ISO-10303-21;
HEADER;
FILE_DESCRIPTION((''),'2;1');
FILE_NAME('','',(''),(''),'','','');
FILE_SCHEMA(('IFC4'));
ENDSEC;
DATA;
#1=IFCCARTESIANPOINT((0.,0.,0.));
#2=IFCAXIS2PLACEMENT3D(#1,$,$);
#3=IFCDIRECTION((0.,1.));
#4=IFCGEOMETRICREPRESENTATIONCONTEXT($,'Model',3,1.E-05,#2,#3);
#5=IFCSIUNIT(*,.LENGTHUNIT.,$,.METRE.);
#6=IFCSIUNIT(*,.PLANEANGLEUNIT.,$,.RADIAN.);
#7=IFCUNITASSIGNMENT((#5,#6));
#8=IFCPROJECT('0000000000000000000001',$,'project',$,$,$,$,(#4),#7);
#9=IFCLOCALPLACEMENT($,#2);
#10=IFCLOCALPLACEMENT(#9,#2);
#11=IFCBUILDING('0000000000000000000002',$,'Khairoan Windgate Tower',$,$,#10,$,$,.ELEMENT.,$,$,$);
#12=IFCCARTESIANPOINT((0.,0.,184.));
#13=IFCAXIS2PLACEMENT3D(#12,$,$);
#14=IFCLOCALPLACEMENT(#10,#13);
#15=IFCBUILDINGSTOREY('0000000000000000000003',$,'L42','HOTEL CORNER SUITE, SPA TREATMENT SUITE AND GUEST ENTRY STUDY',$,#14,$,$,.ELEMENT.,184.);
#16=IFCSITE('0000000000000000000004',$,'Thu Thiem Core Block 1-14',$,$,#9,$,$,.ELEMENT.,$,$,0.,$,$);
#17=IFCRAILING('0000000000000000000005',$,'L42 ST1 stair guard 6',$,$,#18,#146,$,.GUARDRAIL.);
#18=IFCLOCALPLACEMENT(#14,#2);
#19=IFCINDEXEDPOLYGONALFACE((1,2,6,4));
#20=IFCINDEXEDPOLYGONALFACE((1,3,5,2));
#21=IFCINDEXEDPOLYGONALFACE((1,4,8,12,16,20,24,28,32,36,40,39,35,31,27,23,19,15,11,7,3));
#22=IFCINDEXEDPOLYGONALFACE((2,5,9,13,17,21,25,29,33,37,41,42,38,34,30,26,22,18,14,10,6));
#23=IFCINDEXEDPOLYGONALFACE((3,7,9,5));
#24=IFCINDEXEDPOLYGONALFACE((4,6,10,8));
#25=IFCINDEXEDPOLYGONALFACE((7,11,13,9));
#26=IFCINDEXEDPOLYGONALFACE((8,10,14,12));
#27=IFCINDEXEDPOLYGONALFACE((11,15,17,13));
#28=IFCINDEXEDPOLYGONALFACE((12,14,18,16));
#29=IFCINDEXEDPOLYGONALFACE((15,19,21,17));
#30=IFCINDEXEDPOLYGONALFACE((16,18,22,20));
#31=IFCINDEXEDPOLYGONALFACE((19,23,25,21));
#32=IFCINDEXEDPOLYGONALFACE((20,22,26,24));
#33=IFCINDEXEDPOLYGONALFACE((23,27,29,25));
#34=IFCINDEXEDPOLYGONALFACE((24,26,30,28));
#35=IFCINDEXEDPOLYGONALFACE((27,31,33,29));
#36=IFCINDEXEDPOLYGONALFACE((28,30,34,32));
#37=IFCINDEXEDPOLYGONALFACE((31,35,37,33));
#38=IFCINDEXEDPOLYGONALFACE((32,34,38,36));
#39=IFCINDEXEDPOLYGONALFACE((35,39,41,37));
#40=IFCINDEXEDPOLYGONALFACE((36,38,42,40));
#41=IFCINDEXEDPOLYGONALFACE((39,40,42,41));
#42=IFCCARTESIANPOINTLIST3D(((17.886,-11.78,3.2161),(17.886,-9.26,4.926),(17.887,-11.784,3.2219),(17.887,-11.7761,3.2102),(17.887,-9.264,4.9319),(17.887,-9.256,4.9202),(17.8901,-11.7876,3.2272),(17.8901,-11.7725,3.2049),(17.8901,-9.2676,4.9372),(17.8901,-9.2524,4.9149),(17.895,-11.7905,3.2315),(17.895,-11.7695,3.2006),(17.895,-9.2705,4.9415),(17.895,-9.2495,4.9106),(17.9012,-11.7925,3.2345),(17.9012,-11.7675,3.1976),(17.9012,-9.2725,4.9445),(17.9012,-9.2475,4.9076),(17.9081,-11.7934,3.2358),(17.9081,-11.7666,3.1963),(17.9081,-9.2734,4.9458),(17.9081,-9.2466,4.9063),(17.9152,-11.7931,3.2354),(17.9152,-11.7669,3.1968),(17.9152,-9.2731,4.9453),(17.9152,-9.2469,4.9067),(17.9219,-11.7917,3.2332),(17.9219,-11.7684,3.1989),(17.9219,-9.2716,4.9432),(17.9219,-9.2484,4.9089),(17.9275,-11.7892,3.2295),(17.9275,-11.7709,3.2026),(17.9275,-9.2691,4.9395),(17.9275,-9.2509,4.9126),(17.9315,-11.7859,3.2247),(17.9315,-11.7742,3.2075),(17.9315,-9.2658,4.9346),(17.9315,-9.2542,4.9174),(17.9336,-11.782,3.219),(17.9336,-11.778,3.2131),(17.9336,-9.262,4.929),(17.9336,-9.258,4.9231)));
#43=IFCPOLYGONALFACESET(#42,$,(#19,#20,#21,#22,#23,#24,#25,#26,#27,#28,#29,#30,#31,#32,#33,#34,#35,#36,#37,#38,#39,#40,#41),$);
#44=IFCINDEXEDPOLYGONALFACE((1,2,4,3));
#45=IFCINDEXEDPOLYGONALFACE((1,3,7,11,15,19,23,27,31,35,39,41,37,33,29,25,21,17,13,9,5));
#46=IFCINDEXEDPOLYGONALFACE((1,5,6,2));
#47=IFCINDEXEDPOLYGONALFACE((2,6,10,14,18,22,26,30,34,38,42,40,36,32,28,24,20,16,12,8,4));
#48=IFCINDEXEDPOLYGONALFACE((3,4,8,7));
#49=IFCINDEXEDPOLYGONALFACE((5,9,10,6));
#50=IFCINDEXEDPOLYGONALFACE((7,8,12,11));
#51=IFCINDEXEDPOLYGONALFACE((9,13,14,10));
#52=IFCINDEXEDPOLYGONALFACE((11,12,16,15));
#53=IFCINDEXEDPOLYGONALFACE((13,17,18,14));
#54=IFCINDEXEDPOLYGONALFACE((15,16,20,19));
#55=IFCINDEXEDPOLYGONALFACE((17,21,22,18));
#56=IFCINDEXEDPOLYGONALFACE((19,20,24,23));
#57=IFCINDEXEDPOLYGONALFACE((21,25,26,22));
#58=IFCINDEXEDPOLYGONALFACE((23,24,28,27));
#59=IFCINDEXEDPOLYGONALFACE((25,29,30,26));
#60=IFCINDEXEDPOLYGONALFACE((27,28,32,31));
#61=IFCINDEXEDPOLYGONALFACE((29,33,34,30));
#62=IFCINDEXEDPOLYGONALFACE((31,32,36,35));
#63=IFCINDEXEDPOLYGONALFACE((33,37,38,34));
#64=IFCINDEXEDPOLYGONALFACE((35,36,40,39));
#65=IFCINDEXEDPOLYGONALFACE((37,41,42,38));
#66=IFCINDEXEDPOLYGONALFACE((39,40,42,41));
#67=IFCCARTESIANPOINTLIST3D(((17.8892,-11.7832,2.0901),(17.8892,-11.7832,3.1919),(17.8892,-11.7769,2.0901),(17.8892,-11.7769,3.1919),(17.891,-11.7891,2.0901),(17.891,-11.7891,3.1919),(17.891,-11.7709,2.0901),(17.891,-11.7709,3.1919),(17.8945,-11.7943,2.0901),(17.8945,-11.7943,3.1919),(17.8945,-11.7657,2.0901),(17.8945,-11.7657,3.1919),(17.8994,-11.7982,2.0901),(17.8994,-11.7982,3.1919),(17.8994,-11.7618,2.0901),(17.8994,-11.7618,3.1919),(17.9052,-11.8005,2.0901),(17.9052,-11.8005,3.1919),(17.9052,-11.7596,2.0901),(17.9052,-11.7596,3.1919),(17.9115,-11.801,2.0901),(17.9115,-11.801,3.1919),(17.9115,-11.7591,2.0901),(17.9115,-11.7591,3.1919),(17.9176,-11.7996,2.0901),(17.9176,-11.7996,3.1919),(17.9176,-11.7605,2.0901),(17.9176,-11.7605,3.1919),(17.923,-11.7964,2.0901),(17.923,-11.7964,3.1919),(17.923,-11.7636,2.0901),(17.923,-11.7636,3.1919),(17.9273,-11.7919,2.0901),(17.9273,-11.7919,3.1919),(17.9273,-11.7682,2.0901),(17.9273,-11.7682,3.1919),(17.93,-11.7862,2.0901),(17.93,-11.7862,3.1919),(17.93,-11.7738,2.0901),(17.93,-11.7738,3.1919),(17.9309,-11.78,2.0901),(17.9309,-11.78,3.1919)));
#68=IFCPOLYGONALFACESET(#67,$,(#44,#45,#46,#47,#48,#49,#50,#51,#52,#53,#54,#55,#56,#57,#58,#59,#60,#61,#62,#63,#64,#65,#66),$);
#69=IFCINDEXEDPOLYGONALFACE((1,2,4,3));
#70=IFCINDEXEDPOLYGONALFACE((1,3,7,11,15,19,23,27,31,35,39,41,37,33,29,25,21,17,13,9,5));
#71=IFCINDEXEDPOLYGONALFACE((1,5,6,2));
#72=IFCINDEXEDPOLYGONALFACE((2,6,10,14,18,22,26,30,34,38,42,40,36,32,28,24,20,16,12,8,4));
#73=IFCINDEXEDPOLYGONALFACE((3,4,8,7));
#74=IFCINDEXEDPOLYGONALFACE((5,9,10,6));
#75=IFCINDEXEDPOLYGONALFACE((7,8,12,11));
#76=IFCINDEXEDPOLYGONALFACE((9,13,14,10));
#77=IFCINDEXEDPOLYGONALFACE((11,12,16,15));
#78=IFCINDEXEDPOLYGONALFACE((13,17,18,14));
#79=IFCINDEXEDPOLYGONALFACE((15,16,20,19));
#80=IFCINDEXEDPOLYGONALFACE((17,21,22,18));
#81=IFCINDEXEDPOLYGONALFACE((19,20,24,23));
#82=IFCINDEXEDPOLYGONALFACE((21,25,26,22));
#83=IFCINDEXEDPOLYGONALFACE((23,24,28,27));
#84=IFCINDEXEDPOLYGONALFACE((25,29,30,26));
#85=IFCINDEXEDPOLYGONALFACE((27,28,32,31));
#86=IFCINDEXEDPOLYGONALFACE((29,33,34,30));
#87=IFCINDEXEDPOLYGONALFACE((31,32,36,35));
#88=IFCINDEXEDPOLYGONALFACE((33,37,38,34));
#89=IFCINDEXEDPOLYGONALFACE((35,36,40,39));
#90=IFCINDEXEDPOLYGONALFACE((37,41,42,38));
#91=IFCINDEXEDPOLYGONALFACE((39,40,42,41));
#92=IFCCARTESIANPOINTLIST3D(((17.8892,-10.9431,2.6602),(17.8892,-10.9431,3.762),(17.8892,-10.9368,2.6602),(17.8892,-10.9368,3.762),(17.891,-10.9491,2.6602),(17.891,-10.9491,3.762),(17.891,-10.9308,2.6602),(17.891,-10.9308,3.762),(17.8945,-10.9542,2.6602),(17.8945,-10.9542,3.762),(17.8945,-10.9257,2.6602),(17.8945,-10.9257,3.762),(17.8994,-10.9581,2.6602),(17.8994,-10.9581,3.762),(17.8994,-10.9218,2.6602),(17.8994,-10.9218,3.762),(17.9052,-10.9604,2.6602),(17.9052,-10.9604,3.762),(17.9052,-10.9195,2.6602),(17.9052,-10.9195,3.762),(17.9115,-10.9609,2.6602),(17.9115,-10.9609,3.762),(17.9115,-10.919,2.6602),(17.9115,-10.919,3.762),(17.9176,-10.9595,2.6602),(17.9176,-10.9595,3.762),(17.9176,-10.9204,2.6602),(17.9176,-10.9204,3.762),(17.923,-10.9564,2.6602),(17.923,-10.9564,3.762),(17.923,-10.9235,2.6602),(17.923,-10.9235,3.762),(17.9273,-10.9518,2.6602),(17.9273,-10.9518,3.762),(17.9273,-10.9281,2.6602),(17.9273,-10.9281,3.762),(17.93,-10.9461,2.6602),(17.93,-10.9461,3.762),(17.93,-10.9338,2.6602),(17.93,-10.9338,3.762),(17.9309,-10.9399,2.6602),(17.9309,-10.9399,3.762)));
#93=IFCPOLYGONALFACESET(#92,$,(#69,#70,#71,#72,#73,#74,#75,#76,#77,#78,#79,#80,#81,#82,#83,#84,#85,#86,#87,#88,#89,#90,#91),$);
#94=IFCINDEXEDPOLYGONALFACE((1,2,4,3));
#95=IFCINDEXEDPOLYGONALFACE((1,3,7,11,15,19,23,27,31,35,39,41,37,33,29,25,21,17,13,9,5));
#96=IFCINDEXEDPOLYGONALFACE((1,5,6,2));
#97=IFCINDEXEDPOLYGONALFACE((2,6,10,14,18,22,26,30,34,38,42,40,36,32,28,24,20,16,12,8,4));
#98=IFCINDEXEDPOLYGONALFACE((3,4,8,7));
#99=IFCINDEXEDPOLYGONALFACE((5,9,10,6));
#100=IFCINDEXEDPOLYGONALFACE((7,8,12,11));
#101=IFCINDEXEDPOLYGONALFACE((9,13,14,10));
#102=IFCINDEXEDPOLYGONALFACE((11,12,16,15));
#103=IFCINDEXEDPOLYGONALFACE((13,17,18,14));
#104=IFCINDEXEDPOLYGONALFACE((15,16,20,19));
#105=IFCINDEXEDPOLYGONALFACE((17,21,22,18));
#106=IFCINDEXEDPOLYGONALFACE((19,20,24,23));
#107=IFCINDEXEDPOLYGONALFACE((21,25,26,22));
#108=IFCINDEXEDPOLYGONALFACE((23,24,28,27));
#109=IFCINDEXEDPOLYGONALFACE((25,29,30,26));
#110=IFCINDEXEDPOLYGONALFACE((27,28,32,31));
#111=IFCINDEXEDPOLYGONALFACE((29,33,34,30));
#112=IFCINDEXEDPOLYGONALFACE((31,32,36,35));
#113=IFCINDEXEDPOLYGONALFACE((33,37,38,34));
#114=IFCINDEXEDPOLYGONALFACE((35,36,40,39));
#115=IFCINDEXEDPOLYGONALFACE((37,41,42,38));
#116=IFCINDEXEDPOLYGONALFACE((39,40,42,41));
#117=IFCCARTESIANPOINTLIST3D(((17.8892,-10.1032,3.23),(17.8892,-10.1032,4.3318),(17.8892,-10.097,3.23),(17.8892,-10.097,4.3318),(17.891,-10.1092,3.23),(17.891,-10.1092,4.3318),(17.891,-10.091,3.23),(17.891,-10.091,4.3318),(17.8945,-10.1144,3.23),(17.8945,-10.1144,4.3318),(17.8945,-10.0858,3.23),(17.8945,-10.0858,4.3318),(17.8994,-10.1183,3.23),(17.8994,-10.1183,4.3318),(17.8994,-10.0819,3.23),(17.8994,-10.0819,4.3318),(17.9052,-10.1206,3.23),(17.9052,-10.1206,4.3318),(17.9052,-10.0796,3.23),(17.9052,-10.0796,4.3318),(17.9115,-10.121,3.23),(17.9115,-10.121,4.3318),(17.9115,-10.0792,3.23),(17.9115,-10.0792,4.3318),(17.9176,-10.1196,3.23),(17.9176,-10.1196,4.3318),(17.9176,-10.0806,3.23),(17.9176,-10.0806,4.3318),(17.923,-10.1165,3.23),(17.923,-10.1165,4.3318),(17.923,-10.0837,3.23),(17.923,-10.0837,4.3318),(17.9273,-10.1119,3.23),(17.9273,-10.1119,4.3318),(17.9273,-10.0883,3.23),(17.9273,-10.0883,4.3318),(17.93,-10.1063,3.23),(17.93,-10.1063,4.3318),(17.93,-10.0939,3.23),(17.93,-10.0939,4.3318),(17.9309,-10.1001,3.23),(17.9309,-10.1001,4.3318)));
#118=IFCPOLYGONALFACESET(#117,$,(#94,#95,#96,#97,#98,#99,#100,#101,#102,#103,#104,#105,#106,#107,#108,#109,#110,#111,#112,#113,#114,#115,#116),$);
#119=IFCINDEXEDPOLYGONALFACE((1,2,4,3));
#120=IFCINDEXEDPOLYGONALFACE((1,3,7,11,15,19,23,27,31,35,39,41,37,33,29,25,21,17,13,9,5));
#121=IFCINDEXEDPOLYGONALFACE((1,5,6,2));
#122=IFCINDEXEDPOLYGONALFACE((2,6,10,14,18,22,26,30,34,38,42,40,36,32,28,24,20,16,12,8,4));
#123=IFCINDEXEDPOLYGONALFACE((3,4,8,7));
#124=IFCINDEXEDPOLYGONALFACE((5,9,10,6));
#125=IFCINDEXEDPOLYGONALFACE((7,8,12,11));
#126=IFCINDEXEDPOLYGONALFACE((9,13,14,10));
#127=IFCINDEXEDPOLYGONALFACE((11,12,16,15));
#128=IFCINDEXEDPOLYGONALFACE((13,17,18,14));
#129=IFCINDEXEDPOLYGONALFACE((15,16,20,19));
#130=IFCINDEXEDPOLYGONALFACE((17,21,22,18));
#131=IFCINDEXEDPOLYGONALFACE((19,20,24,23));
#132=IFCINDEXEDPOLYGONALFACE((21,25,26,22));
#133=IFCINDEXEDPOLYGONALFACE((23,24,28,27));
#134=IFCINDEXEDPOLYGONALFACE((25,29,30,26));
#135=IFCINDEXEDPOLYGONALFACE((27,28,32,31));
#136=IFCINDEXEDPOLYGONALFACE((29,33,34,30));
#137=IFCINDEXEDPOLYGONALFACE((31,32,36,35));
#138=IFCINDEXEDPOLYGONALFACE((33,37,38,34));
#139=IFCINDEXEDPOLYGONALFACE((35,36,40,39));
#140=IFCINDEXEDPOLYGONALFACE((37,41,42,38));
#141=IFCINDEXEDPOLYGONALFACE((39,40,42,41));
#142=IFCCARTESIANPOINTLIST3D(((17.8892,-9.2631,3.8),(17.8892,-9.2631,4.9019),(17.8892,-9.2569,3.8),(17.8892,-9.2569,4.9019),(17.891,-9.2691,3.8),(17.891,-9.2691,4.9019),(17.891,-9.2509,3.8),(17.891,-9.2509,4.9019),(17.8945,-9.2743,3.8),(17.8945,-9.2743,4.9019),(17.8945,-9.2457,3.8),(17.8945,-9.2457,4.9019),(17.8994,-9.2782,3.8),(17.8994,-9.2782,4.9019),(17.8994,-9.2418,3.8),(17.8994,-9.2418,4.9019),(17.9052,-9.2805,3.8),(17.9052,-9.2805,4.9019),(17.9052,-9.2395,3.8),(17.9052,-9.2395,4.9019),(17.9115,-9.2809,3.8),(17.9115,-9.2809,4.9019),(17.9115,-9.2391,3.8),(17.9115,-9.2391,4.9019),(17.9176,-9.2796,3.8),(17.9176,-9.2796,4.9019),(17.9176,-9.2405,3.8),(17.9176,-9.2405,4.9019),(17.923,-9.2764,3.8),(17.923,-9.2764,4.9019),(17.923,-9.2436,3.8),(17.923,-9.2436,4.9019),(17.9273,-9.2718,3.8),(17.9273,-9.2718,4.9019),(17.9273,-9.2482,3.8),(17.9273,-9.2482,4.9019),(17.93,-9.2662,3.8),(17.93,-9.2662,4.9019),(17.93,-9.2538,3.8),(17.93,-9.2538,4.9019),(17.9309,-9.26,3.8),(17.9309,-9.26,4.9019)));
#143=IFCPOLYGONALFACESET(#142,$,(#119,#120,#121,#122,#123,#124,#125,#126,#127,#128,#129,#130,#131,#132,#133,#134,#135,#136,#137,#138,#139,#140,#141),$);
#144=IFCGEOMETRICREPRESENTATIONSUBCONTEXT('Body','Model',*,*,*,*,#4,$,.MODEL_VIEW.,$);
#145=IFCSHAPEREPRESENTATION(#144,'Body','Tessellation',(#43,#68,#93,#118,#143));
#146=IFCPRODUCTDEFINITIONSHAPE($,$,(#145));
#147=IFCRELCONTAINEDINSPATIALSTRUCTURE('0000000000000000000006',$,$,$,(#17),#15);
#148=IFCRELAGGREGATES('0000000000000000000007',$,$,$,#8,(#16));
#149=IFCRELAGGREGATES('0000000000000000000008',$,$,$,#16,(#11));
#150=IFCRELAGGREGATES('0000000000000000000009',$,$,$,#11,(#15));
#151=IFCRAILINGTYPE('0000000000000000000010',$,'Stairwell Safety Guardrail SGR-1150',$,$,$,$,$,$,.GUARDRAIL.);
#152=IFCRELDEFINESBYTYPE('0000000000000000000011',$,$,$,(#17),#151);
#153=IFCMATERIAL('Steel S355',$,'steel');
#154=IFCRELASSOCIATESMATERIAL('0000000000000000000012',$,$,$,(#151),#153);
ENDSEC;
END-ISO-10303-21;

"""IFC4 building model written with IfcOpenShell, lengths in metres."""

from ifc_helpers import new_model, si_unit, direction, frame, origin, origin_2d, place, context, subcontext, project, spatial, circle, extrude, material, type_object, element, save


model = new_model("IFC4")

# Units and contexts
model_context = context("Model", 3, precision=1e-05, world=origin(), true_north=direction((0.0, 1.0)))
body_context = subcontext(model_context, "Body", "Model", "MODEL_VIEW")
ifc_project = project(units=[si_unit("LENGTHUNIT", "METRE"), si_unit("PLANEANGLEUNIT", "RADIAN")], contexts=[model_context])

# Site, building, storey
site_placement = place(None, origin())
site = spatial("IfcSite", under=ifc_project, at=site_placement, Name="Thu Thiem Core Block 1-14", CompositionType="ELEMENT", RefElevation=0.0)
building_placement = place(site_placement, origin())
building = spatial("IfcBuilding", under=site, at=building_placement, Name="Khairoan Windgate Tower", CompositionType="ELEMENT")
storey_placement = place(building_placement, frame((0.0, 0.0, 184.0)))
storey = spatial("IfcBuildingStorey", under=building, at=storey_placement, Name="L42", Description="HOTEL CORNER SUITE, SPA TREATMENT SUITE AND GUEST ENTRY STUDY", CompositionType="ELEMENT", Elevation=184.0)

# Railing
ifc_material_1 = material(Name="Steel S355", Category="steel")
railing_type = type_object("IfcRailingType", Name="Stairwell Safety Guardrail SGR-1150", PredefinedType="GUARDRAIL", material=ifc_material_1)
railing_1_placement = place(storey_placement, frame((17.9099, -11.78, 2.0901)))
element("IfcRailing", 1, at=railing_1_placement, inside=storey, type_object=railing_type, Name="L42 ST1 stair guard 6", PredefinedType="GUARDRAIL", context=body_context, shape_type="SweptSolid", body=[
    extrude(circle(Radius=0.0239, at=origin_2d()), frame((0.0, 0.0, 1.126), z_axis=(0.0, 0.827484, 0.56149), x_axis=(-1.0, 0.0, 0.0)), (0.0, 0.0, 1.0), 3.0454),
    extrude(circle(Radius=0.021, at=origin_2d()), origin(), (0.0, 0.0, 1.0), 1.1018),
    extrude(circle(Radius=0.021, at=origin_2d()), frame((0.0, 0.8401, 0.5701)), (0.0, 0.0, 1.0), 1.1018),
    extrude(circle(Radius=0.021, at=origin_2d()), frame((0.0, 1.6799, 1.1399)), (0.0, 0.0, 1.0), 1.1018),
    extrude(circle(Radius=0.021, at=origin_2d()), frame((0.0, 2.52, 1.71)), (0.0, 0.0, 1.0), 1.1018),
])

save(model, "model.ifc")
